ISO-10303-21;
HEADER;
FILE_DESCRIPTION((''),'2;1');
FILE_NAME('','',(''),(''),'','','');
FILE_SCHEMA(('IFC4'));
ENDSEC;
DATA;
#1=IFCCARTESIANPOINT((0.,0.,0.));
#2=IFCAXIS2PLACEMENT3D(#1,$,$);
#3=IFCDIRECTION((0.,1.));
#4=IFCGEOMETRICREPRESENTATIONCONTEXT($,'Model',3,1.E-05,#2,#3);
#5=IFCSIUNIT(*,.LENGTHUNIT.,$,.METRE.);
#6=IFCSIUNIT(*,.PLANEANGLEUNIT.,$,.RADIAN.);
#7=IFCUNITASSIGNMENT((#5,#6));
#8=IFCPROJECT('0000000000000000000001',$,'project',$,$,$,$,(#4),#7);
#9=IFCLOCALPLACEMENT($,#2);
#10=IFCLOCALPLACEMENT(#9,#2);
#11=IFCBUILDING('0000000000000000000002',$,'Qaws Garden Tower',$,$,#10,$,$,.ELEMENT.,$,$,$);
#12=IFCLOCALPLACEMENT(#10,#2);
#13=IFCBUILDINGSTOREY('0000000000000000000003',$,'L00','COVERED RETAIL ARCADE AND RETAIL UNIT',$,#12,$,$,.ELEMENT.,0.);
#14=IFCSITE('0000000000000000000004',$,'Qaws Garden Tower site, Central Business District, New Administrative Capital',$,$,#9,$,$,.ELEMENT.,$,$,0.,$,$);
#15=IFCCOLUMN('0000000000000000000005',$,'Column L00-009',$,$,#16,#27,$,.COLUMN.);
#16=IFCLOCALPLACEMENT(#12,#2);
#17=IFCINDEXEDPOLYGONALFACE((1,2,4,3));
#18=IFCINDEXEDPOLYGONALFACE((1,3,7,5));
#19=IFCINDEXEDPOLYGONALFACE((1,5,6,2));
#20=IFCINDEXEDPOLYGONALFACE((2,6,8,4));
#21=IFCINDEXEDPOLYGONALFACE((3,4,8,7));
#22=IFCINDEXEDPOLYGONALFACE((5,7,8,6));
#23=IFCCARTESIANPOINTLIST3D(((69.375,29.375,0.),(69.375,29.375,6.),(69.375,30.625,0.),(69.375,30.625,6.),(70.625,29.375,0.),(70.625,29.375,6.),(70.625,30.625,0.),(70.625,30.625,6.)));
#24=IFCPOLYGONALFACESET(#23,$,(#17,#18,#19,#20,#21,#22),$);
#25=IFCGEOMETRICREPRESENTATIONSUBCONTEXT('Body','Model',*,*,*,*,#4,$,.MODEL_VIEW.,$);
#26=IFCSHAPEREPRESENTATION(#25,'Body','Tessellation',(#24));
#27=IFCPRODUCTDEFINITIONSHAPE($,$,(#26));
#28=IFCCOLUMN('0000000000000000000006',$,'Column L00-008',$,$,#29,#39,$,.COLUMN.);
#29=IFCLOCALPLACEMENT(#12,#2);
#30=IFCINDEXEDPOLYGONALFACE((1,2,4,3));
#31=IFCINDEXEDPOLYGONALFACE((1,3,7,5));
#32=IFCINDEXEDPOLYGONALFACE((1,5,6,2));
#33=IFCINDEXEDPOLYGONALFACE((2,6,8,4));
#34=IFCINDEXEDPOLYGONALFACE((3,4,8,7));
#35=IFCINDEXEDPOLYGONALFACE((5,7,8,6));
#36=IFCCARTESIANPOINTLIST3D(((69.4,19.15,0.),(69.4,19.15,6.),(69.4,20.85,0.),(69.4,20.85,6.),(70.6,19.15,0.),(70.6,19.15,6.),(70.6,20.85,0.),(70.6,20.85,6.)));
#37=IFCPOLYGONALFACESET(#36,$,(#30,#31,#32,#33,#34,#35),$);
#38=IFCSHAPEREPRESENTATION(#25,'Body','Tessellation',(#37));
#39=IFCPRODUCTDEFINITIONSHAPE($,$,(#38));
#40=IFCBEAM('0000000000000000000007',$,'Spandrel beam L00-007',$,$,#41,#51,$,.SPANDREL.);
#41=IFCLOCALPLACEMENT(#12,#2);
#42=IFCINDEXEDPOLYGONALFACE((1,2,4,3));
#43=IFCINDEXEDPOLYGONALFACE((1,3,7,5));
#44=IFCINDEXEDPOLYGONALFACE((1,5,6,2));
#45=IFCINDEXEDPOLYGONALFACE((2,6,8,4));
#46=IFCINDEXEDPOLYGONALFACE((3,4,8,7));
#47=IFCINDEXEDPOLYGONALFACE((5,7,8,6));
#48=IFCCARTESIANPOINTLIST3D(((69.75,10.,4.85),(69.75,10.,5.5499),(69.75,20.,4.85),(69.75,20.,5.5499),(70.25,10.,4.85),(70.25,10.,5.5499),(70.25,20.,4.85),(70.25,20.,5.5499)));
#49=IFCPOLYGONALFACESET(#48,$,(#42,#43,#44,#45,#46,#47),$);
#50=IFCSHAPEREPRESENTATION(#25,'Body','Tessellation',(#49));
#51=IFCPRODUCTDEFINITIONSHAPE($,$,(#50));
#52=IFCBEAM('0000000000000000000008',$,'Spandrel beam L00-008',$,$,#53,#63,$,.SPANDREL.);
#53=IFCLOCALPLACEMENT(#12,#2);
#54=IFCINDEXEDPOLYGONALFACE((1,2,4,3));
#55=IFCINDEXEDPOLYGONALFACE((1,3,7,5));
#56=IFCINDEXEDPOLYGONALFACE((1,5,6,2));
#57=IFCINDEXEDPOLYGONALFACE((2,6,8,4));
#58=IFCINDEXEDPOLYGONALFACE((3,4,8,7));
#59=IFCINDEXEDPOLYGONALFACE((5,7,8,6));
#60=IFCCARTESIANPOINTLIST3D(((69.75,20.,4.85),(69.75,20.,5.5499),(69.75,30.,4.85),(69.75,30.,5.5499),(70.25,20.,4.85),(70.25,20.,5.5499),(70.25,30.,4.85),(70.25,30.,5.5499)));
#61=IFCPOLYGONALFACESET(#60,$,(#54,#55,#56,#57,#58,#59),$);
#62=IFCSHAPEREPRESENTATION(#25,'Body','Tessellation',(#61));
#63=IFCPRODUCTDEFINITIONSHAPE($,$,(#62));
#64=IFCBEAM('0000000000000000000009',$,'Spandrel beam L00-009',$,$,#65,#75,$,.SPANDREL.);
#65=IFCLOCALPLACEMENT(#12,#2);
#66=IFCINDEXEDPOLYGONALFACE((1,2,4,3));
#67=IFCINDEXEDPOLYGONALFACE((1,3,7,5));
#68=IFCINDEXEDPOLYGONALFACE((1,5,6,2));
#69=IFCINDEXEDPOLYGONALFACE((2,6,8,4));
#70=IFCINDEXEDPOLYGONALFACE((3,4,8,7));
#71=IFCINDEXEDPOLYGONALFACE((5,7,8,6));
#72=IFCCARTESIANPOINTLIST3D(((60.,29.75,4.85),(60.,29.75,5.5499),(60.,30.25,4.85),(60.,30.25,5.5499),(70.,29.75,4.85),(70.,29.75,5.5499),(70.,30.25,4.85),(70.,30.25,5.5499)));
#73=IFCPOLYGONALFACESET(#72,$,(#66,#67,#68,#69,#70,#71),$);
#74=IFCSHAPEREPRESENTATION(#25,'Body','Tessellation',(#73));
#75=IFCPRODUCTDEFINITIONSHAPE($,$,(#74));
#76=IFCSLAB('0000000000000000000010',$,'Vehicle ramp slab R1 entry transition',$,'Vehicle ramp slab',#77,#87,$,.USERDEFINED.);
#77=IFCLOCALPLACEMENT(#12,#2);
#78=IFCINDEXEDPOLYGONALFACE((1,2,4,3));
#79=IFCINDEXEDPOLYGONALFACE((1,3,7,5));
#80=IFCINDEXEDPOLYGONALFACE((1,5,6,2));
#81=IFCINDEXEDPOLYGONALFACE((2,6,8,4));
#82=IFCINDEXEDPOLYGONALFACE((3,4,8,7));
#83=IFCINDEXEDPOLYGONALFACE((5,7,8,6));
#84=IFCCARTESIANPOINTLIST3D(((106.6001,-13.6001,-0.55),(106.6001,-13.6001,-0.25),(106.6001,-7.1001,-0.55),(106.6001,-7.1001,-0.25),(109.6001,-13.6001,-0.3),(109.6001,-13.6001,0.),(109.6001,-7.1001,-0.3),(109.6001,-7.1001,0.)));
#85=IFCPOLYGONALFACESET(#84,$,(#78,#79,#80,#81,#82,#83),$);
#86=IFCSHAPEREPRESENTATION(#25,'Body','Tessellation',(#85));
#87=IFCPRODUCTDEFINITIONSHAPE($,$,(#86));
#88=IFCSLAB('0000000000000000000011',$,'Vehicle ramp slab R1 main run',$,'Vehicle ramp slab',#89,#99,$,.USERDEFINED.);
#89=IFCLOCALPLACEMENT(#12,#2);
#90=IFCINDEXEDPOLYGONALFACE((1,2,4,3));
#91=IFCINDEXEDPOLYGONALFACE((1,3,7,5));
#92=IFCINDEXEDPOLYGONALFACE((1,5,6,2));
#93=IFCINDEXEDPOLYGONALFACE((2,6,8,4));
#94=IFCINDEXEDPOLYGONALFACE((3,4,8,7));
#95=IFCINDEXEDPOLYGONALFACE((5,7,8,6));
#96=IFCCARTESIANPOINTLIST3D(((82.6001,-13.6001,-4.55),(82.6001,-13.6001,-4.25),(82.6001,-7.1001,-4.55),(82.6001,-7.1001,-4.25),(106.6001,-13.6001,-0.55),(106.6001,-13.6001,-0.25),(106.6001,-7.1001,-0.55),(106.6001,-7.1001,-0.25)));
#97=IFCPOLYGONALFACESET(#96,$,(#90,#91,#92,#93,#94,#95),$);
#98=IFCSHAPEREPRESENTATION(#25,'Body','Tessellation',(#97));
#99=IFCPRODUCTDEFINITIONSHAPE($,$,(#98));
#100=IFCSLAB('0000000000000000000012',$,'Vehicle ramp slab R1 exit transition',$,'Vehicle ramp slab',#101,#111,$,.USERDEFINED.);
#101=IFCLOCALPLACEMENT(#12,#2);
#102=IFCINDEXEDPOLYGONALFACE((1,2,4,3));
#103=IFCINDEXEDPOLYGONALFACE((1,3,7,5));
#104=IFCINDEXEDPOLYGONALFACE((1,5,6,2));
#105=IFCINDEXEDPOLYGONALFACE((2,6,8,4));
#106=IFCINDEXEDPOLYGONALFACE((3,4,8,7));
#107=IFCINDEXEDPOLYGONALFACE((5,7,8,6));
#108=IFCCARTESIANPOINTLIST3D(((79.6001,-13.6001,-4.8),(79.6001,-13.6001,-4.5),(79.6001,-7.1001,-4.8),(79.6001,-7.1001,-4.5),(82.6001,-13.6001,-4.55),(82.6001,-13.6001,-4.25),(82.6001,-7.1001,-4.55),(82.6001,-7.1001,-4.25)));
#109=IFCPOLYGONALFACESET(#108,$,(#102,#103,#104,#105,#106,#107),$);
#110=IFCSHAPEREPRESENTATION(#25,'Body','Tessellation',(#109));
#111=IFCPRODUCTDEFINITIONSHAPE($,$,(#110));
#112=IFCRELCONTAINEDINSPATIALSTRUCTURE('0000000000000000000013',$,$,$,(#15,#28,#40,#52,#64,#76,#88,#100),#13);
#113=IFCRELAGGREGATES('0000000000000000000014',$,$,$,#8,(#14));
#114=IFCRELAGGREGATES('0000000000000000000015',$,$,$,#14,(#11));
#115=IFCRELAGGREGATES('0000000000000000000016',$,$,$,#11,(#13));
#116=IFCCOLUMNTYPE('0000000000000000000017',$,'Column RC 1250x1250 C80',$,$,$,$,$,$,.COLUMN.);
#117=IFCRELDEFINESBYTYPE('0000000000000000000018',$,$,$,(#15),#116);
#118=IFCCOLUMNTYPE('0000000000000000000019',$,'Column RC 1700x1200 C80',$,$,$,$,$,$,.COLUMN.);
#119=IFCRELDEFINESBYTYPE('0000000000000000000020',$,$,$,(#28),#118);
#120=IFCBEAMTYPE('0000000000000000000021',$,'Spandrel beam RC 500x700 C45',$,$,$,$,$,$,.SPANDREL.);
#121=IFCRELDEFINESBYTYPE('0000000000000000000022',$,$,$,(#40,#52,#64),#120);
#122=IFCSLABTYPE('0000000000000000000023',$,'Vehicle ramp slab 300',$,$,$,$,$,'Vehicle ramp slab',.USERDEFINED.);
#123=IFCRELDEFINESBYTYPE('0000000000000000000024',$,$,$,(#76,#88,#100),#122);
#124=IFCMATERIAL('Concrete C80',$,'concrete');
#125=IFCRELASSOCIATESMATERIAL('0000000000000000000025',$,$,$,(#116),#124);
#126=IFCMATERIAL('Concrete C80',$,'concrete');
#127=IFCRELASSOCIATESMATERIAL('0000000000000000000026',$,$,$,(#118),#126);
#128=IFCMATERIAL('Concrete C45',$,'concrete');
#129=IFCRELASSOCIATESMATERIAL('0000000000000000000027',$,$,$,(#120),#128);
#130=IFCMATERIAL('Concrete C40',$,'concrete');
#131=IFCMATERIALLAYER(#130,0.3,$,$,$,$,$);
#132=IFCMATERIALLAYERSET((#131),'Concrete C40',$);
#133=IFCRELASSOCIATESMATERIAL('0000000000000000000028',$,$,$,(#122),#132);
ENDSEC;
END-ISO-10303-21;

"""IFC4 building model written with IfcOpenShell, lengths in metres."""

from ifc_helpers import new_model, si_unit, direction, frame, origin, origin_2d, place, context, subcontext, project, spatial, polyline, rectangle, outline, extrude, material, layer, layer_set, material_profile, profile_set, type_object, element, save


model = new_model("IFC4")

# Units and contexts
model_context = context("Model", 3, precision=1e-05, world=origin(), true_north=direction((0.0, 1.0)))
body_context = subcontext(model_context, "Body", "Model", "MODEL_VIEW")
ifc_project = project(units=[si_unit("LENGTHUNIT", "METRE"), si_unit("PLANEANGLEUNIT", "RADIAN")], contexts=[model_context])

# Site, building, storey
site_placement = place(None, origin())
site = spatial("IfcSite", under=ifc_project, at=site_placement, Name="Qaws Garden Tower site, Central Business District, New Administrative Capital", CompositionType="ELEMENT", RefElevation=0.0)
building_placement = place(site_placement, origin())
building = spatial("IfcBuilding", under=site, at=building_placement, Name="Qaws Garden Tower", CompositionType="ELEMENT")
storey_placement = place(building_placement, origin())
storey = spatial("IfcBuildingStorey", under=building, at=storey_placement, Name="L00", Description="COVERED RETAIL ARCADE AND RETAIL UNIT", CompositionType="ELEMENT", Elevation=0.0)

# Columns
ifc_material_1 = material(Name="Concrete C80", Category="concrete")
ifc_material_profile_1 = material_profile(ifc_material_1, rectangle(XDim=1.25, YDim=1.25, at=origin_2d()), Name="RC 1250x1250")
ifc_profile_set_1 = profile_set([ifc_material_profile_1], Name="Concrete C80")
column_type_1 = type_object("IfcColumnType", Name="Column RC 1250x1250 C80", PredefinedType="COLUMN", material=ifc_profile_set_1)
column_1_placement = place(storey_placement, frame((70.0, 30.0, 0.0), z_axis=(0.0, 0.0, 1.0), x_axis=(1.0, 0.0, 0.0)))
element("IfcColumn", 1, at=column_1_placement, inside=storey, type_object=column_type_1, Name="Column L00-009", PredefinedType="COLUMN", context=body_context, shape_type="SweptSolid", body=[
    extrude(rectangle(XDim=1.25, YDim=1.25, at=origin_2d()), origin(), (0.0, 0.0, 1.0), 6.0),
])
ifc_material_2 = material(Name="Concrete C80", Category="concrete")
ifc_material_profile_2 = material_profile(ifc_material_2, rectangle(XDim=1.7, YDim=1.2, at=origin_2d()), Name="RC 1700x1200")
ifc_profile_set_2 = profile_set([ifc_material_profile_2], Name="Concrete C80")
column_type_2 = type_object("IfcColumnType", Name="Column RC 1700x1200 C80", PredefinedType="COLUMN", material=ifc_profile_set_2)
column_2_placement = place(storey_placement, frame((70.0, 20.0, 0.0), z_axis=(0.0, 0.0, 1.0), x_axis=(0.0, 1.0, 0.0)))
element("IfcColumn", 2, at=column_2_placement, inside=storey, type_object=column_type_2, Name="Column L00-008", PredefinedType="COLUMN", context=body_context, shape_type="SweptSolid", body=[
    extrude(rectangle(XDim=1.7, YDim=1.2, at=origin_2d()), origin(), (0.0, 0.0, 1.0), 6.0),
])

# Beams
ifc_material_3 = material(Name="Concrete C45", Category="concrete")
ifc_material_profile_3 = material_profile(ifc_material_3, rectangle(XDim=0.5, YDim=0.7, at=origin_2d()), Name="RC 500x700")
ifc_profile_set_3 = profile_set([ifc_material_profile_3], Name="Concrete C45")
beam_type = type_object("IfcBeamType", Name="Spandrel beam RC 500x700 C45", PredefinedType="SPANDREL", material=ifc_profile_set_3)
for number, where, z_axis, x_axis, name in (
    (3, (70.0, 10.0, 5.2), (0.0, 1.0, 0.0), (-1.0, 0.0, 0.0), "Spandrel beam L00-007"),
    (4, (70.0, 20.0, 5.2), (0.0, 1.0, 0.0), (-1.0, 0.0, 0.0), "Spandrel beam L00-008"),
    (5, (70.0, 30.0, 5.2), (-1.0, 0.0, 0.0), (0.0, -1.0, 0.0), "Spandrel beam L00-009"),
):
    element("IfcBeam", number, at=place(storey_placement, frame(where, z_axis=z_axis, x_axis=x_axis)), inside=storey, type_object=beam_type, Name=name, PredefinedType="SPANDREL", context=body_context, shape_type="SweptSolid", body=[
        extrude(rectangle(XDim=0.5, YDim=0.7, at=origin_2d()), origin(), (0.0, 0.0, 1.0), 10.0),
    ])

# Slabs
ifc_material_4 = material(Name="Concrete C40", Category="concrete")
ifc_layer_1 = layer(ifc_material_4, 0.3)
ifc_layer_set_1 = layer_set([ifc_layer_1], Name="Concrete C40")
slab_type = type_object("IfcSlabType", Name="Vehicle ramp slab 300", ElementType="Vehicle ramp slab", PredefinedType="USERDEFINED", material=ifc_layer_set_1)
slab_1_placement = place(storey_placement, frame((109.6001, -10.3501, -0.55), z_axis=(0.0, 0.0, 1.0), x_axis=(-1.0, 0.0, 0.0)))
element("IfcSlab", 6, at=slab_1_placement, inside=storey, type_object=slab_type, Name="Vehicle ramp slab R1 entry transition", ObjectType="Vehicle ramp slab", PredefinedType="USERDEFINED", context=body_context, shape_type="SweptSolid", body=[
    extrude(outline(polyline([(0.0, 0.25), (3.0, 0.0), (3.0, 0.3), (0.0, 0.55), (0.0, 0.25)])), frame((0.0, 3.25, 0.0), z_axis=(0.0, -1.0, 0.0), x_axis=(1.0, 0.0, 0.0)), (0.0, 0.0, 1.0), 6.5),
])
slab_2_placement = place(storey_placement, frame((106.6001, -10.3501, -4.55), z_axis=(0.0, 0.0, 1.0), x_axis=(-1.0, 0.0, 0.0)))
element("IfcSlab", 7, at=slab_2_placement, inside=storey, type_object=slab_type, Name="Vehicle ramp slab R1 main run", ObjectType="Vehicle ramp slab", PredefinedType="USERDEFINED", context=body_context, shape_type="SweptSolid", body=[
    extrude(outline(polyline([(0.0, 4.0), (24.0, 0.0), (24.0, 0.3), (0.0, 4.3), (0.0, 4.0)])), frame((0.0, 3.25, 0.0), z_axis=(0.0, -1.0, 0.0), x_axis=(1.0, 0.0, 0.0)), (0.0, 0.0, 1.0), 6.5),
])
slab_3_placement = place(storey_placement, frame((82.6001, -10.3501, -4.8), z_axis=(0.0, 0.0, 1.0), x_axis=(-1.0, 0.0, 0.0)))
element("IfcSlab", 8, at=slab_3_placement, inside=storey, type_object=slab_type, Name="Vehicle ramp slab R1 exit transition", ObjectType="Vehicle ramp slab", PredefinedType="USERDEFINED", context=body_context, shape_type="SweptSolid", body=[
    extrude(outline(polyline([(0.0, 0.25), (3.0, 0.0), (3.0, 0.3), (0.0, 0.55), (0.0, 0.25)])), frame((0.0, 3.25, 0.0), z_axis=(0.0, -1.0, 0.0), x_axis=(1.0, 0.0, 0.0)), (0.0, 0.0, 1.0), 6.5),
])

save(model, "model.ifc")
